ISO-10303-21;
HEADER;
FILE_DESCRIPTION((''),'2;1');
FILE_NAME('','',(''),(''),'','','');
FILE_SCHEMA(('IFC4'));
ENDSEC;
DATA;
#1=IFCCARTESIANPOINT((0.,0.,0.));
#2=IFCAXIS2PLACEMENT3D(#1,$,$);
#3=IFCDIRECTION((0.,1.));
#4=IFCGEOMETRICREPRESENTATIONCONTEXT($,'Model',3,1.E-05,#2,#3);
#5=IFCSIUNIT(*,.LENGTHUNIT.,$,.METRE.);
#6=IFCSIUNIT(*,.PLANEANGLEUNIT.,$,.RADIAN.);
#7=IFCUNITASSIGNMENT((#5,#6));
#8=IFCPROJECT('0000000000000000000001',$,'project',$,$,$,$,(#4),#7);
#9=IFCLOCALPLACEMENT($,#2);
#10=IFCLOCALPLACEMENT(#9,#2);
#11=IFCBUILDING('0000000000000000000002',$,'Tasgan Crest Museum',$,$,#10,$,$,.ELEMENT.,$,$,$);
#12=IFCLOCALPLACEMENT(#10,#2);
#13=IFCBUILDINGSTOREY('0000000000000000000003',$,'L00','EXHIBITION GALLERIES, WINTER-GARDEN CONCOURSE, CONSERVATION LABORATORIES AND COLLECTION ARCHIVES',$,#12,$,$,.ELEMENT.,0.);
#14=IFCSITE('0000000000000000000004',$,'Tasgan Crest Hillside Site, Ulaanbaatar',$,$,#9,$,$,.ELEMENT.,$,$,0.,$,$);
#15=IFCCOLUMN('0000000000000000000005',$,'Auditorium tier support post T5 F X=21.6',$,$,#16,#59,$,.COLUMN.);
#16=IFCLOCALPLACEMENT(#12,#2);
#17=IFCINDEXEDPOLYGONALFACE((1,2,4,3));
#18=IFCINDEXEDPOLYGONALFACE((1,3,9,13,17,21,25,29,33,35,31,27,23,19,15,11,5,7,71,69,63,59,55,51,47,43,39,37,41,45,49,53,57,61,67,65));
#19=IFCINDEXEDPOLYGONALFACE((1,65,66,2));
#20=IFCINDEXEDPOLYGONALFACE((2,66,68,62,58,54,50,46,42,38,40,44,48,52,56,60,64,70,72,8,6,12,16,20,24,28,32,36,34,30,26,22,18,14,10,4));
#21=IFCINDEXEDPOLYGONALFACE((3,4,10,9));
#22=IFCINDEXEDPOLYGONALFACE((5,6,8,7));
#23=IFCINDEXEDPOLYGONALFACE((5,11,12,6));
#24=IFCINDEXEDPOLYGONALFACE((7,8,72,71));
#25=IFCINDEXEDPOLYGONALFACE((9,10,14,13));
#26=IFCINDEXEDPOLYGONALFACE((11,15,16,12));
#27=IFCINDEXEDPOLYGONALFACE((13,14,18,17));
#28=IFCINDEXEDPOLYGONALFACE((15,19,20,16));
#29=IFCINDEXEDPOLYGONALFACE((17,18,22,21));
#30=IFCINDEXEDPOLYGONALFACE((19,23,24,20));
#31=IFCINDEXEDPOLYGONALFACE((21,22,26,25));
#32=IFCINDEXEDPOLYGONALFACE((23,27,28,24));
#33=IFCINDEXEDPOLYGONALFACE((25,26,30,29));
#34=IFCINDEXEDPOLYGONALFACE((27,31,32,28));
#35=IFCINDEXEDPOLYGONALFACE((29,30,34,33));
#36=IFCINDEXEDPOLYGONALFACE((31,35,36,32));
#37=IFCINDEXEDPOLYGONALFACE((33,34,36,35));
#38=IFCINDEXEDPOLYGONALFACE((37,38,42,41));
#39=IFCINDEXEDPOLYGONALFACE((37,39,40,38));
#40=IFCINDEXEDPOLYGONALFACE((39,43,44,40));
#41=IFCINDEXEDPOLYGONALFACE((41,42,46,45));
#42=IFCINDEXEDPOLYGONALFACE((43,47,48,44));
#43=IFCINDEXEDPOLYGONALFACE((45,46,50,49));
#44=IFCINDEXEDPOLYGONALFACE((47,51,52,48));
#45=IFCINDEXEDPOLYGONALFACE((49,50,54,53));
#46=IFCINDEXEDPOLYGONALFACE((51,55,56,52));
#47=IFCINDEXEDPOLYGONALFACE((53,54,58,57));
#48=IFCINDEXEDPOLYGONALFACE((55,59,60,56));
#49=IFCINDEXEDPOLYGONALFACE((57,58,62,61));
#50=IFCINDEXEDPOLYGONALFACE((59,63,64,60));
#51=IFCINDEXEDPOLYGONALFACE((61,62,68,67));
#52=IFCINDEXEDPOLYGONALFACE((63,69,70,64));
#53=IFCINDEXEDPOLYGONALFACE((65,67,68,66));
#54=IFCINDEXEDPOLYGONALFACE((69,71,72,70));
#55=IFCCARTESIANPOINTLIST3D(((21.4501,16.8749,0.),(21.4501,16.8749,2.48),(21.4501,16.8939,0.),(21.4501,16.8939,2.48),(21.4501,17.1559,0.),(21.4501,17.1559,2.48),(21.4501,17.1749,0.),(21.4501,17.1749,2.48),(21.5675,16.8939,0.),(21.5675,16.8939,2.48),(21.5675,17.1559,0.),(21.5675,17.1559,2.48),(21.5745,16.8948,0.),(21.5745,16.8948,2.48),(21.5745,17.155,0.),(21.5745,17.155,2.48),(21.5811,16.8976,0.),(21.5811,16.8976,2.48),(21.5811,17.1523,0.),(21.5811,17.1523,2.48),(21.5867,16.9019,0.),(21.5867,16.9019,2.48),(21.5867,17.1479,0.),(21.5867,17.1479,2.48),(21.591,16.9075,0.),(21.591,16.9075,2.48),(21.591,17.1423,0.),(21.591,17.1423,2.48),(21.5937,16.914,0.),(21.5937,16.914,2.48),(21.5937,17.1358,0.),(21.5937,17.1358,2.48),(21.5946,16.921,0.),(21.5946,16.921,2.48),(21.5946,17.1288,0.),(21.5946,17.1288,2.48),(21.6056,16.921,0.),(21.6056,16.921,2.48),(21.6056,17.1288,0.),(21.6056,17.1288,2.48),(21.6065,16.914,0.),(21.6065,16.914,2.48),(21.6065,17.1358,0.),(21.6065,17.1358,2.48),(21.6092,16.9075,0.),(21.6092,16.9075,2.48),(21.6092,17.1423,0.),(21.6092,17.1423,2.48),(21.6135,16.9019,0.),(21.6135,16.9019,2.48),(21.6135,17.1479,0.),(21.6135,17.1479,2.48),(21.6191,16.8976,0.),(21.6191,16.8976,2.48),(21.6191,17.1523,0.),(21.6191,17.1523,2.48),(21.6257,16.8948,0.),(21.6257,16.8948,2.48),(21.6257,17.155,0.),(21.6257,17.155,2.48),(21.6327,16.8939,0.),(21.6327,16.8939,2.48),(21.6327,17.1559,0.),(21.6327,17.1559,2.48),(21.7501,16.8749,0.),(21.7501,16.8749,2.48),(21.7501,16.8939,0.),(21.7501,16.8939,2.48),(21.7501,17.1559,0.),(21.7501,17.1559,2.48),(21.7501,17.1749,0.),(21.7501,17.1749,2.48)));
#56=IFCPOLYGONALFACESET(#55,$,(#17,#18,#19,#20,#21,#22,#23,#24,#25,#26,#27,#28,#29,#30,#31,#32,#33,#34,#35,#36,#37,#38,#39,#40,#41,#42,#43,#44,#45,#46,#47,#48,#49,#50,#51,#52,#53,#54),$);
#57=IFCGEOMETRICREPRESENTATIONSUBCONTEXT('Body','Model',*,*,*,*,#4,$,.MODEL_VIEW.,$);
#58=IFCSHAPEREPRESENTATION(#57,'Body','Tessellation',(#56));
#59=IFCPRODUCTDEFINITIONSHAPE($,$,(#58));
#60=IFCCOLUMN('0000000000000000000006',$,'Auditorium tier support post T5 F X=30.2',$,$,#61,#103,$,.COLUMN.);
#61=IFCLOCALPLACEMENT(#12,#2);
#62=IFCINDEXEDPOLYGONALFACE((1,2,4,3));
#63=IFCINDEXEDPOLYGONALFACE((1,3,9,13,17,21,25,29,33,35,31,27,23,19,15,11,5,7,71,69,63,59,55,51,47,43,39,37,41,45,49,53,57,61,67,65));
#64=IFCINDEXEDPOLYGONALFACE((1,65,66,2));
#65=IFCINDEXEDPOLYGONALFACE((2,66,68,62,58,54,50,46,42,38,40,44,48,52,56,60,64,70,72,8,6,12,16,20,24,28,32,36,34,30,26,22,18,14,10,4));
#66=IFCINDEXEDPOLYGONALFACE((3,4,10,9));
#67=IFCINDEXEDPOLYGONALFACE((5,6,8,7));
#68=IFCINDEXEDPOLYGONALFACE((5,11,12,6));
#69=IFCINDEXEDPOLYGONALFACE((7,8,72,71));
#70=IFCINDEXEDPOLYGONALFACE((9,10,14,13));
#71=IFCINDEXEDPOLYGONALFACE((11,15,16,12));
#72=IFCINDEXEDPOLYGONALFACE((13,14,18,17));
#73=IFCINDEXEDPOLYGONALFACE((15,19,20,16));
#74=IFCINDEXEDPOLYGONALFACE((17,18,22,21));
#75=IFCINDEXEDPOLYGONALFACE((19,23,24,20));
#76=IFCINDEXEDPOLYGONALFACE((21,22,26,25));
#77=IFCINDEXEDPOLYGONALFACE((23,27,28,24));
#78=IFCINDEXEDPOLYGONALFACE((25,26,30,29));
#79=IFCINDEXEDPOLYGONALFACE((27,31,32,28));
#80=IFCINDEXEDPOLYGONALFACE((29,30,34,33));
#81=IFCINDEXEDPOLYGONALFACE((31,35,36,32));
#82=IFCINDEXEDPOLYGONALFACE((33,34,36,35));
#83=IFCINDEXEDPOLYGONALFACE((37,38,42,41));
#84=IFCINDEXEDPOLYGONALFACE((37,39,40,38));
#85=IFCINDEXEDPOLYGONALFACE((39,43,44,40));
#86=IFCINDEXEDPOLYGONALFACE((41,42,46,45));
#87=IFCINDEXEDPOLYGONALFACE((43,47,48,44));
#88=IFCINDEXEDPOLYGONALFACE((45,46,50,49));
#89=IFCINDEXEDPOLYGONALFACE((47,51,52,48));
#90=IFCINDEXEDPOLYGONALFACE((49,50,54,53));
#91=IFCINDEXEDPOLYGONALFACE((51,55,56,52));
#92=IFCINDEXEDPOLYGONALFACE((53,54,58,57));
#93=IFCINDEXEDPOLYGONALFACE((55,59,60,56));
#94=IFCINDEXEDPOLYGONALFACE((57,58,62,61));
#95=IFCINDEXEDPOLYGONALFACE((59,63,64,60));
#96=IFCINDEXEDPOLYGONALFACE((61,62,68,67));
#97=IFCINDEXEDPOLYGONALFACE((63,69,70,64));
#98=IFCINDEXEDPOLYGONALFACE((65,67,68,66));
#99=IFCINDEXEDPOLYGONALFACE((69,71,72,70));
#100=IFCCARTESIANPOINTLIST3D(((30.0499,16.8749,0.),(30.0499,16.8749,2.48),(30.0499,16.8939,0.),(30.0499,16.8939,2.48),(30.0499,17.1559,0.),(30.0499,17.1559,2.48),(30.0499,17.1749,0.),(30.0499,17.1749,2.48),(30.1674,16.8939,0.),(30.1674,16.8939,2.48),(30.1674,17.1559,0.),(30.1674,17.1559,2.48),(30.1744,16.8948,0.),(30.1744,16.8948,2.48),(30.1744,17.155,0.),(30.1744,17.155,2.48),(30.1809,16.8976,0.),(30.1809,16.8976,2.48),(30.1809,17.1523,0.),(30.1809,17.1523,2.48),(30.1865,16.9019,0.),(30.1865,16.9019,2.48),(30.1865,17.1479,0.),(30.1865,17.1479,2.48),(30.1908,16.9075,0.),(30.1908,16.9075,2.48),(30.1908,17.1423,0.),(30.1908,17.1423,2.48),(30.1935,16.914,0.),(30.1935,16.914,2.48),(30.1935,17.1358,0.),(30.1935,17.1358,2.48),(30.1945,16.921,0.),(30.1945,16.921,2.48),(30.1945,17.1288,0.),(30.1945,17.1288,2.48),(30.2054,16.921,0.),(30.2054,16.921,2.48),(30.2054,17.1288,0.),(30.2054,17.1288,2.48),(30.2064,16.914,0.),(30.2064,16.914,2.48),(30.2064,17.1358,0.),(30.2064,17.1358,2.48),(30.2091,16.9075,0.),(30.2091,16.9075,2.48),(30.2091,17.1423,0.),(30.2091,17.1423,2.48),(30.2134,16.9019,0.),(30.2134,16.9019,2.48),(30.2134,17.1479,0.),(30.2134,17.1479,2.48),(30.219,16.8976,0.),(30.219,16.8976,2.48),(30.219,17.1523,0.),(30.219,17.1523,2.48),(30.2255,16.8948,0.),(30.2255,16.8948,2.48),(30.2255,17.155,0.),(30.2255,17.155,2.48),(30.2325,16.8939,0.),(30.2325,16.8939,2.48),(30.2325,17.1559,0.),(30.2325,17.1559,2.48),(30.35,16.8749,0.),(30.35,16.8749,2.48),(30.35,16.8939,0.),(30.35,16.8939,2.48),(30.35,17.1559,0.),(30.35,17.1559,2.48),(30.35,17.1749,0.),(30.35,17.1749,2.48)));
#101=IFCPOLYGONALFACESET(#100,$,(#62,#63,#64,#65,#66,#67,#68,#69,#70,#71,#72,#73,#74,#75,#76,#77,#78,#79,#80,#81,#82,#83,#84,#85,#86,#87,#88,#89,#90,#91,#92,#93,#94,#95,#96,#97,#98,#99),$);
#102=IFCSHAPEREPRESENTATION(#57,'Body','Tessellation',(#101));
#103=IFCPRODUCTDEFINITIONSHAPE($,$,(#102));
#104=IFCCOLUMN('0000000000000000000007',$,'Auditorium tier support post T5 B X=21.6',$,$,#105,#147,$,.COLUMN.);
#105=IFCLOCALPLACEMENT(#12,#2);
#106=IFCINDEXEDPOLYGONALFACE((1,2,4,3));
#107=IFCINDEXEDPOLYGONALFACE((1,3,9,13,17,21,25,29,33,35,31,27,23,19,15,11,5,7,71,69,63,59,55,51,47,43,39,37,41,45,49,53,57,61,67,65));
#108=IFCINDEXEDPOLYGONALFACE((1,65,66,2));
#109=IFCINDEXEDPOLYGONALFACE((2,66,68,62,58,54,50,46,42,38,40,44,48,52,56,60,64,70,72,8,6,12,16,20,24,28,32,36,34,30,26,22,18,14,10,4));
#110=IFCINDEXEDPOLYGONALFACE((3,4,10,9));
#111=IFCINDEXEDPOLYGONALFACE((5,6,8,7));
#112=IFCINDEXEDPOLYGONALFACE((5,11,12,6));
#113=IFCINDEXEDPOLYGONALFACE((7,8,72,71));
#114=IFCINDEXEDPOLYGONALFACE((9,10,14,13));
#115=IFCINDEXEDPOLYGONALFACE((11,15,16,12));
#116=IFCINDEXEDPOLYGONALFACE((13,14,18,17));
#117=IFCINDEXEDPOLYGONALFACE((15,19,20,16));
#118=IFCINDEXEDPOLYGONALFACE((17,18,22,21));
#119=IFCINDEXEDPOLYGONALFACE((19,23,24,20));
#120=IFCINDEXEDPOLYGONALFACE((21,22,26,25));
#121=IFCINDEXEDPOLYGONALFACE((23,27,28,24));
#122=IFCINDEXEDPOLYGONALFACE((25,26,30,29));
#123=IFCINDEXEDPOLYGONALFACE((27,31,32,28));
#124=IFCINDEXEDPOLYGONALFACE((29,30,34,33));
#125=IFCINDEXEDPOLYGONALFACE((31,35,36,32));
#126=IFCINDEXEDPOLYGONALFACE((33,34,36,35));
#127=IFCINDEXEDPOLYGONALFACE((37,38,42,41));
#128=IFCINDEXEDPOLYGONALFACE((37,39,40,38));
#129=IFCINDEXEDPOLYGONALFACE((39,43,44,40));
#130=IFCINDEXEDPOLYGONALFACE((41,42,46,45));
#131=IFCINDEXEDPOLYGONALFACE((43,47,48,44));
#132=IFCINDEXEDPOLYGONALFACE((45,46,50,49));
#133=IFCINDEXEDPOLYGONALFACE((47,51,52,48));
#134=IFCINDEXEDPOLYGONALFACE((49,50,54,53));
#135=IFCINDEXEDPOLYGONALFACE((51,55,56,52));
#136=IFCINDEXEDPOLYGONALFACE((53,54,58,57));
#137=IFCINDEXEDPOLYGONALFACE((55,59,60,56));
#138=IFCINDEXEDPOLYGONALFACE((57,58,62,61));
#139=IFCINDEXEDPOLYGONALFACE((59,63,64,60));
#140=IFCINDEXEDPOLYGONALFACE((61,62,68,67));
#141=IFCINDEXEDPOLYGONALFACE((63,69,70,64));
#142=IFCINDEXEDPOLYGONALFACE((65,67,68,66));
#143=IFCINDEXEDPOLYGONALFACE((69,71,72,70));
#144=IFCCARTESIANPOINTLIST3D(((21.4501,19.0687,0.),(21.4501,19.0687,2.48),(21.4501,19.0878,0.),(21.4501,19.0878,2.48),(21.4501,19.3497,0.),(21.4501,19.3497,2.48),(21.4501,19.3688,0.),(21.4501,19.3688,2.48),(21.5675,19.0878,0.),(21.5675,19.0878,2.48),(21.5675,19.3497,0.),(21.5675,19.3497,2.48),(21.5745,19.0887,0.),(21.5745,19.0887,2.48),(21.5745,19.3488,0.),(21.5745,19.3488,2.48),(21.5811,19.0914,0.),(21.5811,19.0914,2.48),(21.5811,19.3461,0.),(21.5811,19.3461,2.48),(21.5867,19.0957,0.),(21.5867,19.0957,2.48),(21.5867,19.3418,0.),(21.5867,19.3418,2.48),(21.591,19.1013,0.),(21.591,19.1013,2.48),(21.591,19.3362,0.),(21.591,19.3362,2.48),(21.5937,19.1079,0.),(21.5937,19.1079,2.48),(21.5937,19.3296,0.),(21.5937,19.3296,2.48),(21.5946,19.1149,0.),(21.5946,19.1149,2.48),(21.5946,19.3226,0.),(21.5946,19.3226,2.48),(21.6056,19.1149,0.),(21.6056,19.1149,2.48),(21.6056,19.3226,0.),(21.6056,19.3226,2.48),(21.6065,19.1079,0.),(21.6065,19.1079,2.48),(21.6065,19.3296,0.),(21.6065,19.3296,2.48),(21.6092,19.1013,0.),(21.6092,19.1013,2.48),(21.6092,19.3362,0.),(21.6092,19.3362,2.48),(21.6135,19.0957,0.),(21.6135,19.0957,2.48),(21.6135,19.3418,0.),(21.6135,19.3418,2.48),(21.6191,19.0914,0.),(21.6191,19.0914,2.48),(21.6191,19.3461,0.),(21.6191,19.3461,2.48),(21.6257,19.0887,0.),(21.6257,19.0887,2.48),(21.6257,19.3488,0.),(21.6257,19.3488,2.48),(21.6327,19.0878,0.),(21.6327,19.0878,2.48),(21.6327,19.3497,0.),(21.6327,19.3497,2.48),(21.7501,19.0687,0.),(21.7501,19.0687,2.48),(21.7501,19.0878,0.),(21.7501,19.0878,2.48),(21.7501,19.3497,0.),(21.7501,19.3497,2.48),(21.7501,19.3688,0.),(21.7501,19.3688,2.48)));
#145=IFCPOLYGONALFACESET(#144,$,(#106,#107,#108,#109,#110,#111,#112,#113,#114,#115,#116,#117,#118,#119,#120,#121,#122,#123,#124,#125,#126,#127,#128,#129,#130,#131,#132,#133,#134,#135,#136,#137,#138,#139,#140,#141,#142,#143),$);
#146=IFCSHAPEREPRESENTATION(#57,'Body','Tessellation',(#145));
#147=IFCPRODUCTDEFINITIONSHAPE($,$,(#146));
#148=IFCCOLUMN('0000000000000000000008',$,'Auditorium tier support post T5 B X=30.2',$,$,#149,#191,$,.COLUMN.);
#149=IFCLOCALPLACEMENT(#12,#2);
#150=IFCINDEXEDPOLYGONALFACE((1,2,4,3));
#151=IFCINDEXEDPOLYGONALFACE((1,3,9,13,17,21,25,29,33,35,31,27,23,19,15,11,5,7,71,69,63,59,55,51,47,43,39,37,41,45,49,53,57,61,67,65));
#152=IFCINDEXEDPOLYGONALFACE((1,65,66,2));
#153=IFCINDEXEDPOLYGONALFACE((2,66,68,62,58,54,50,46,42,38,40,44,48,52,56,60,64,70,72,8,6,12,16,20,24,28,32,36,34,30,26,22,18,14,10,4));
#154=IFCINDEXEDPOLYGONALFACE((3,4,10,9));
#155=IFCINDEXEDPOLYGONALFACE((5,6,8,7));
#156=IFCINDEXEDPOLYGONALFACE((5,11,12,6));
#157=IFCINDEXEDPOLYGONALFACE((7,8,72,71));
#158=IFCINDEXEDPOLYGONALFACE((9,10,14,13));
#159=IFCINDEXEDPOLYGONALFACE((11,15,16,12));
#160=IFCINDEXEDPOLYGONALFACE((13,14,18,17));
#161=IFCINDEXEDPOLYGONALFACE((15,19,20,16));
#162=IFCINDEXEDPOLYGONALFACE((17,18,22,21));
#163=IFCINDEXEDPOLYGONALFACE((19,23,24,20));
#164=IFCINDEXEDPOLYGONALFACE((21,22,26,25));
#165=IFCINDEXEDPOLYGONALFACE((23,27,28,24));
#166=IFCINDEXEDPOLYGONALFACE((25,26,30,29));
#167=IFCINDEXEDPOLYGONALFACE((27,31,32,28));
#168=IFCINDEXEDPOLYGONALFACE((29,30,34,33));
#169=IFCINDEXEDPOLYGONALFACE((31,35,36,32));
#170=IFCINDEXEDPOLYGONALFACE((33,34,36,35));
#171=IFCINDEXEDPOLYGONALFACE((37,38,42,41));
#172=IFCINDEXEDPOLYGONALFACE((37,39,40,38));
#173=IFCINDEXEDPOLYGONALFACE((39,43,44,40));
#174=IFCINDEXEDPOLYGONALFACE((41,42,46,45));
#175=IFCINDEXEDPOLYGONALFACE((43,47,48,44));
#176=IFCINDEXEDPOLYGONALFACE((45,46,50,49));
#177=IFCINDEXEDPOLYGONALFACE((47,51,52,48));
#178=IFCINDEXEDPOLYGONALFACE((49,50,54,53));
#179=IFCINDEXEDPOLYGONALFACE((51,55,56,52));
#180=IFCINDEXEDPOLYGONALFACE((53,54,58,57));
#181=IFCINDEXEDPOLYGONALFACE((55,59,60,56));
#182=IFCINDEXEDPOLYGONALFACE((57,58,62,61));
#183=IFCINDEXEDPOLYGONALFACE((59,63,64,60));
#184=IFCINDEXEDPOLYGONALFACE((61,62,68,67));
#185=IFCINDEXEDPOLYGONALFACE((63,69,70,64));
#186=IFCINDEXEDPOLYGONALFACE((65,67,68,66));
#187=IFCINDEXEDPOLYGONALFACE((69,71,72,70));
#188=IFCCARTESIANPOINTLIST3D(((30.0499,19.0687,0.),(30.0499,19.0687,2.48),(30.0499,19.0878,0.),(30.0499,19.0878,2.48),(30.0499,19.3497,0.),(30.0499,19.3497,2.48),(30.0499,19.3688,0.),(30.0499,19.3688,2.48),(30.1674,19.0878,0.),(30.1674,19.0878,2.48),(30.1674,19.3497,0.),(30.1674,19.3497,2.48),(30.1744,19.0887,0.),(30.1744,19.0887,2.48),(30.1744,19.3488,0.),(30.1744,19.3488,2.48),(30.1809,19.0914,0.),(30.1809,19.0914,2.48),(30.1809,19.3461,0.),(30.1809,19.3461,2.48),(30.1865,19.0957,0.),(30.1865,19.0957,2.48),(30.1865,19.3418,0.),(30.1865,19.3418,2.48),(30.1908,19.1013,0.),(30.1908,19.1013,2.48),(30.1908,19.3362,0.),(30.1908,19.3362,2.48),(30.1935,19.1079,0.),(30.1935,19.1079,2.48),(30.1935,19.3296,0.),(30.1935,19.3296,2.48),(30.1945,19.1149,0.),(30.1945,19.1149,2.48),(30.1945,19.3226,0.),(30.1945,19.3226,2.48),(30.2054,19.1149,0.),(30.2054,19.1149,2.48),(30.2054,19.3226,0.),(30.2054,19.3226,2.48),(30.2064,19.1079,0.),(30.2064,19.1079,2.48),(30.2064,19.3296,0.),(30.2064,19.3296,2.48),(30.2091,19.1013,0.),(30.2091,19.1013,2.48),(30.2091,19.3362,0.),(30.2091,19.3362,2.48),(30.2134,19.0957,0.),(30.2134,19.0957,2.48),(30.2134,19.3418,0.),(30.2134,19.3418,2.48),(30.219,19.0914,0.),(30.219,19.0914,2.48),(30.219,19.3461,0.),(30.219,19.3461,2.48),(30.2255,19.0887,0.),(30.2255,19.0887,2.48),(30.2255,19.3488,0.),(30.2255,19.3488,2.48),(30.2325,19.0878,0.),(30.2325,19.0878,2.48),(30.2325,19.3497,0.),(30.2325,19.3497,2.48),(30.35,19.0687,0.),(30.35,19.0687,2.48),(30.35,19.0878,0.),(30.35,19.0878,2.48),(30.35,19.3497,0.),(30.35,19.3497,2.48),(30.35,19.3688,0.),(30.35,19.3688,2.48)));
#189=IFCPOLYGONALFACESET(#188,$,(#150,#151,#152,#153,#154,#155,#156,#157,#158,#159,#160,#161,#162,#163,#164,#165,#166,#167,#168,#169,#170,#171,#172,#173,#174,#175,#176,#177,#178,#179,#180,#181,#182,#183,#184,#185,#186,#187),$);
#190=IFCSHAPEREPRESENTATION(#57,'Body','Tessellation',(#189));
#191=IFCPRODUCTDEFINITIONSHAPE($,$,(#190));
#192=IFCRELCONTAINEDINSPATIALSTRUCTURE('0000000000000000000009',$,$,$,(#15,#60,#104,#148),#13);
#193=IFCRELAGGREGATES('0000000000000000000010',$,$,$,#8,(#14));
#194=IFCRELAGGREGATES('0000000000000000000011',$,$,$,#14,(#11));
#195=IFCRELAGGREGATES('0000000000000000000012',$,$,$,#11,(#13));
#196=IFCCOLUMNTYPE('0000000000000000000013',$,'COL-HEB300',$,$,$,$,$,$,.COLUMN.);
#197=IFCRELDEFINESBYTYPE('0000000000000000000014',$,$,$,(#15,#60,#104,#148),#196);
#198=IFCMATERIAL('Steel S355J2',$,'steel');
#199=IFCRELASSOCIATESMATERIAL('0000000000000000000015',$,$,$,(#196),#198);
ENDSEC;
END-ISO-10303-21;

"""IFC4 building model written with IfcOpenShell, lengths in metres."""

from ifc_helpers import new_model, si_unit, direction, frame, origin, origin_2d, place, context, subcontext, project, spatial, i_section, extrude, material, material_profile, profile_set, type_object, element, save


model = new_model("IFC4")

# Units and contexts
model_context = context("Model", 3, precision=1e-05, world=origin(), true_north=direction((0.0, 1.0)))
body_context = subcontext(model_context, "Body", "Model", "MODEL_VIEW")
ifc_project = project(units=[si_unit("LENGTHUNIT", "METRE"), si_unit("PLANEANGLEUNIT", "RADIAN")], contexts=[model_context])

# Site, building, storey
site_placement = place(None, origin())
site = spatial("IfcSite", under=ifc_project, at=site_placement, Name="Tasgan Crest Hillside Site, Ulaanbaatar", CompositionType="ELEMENT", RefElevation=0.0)
building_placement = place(site_placement, origin())
building = spatial("IfcBuilding", under=site, at=building_placement, Name="Tasgan Crest Museum", CompositionType="ELEMENT")
storey_placement = place(building_placement, origin())
storey = spatial("IfcBuildingStorey", under=building, at=storey_placement, Name="L00", Description="EXHIBITION GALLERIES, WINTER-GARDEN CONCOURSE, CONSERVATION LABORATORIES AND COLLECTION ARCHIVES", CompositionType="ELEMENT", Elevation=0.0)

# Columns
ifc_material_1 = material(Name="Steel S355J2", Category="steel")
ifc_material_profile_1 = material_profile(ifc_material_1, i_section(OverallWidth=0.3, OverallDepth=0.3, WebThickness=0.011, FlangeThickness=0.019, FilletRadius=0.0271, at=origin_2d()), Name="HEB 300")
ifc_profile_set_1 = profile_set([ifc_material_profile_1], Name="Steel S355J2")
column_type = type_object("IfcColumnType", Name="COL-HEB300", PredefinedType="COLUMN", material=ifc_profile_set_1)
for number, where, z_axis, x_axis, name in (
    (1, (21.6001, 17.0249, 0.0), (0.0, 0.0, 1.0), (1.0, 0.0, 0.0), "Auditorium tier support post T5 F X=21.6"),
    (2, (30.2, 17.0249, 0.0), (0.0, 0.0, 1.0), (1.0, 0.0, 0.0), "Auditorium tier support post T5 F X=30.2"),
    (3, (21.6001, 19.2188, 0.0), (0.0, 0.0, 1.0), (1.0, 0.0, 0.0), "Auditorium tier support post T5 B X=21.6"),
    (4, (30.2, 19.2188, 0.0), (0.0, 0.0, 1.0), (1.0, 0.0, 0.0), "Auditorium tier support post T5 B X=30.2"),
):
    element("IfcColumn", number, at=place(storey_placement, frame(where, z_axis=z_axis, x_axis=x_axis)), inside=storey, type_object=column_type, Name=name, PredefinedType="COLUMN", context=body_context, shape_type="SweptSolid", body=[
        extrude(i_section(OverallWidth=0.3, OverallDepth=0.3, WebThickness=0.011, FlangeThickness=0.019, FilletRadius=0.0271, at=origin_2d()), origin(), (0.0, 0.0, 1.0), 2.48),
    ])

save(model, "model.ifc")
